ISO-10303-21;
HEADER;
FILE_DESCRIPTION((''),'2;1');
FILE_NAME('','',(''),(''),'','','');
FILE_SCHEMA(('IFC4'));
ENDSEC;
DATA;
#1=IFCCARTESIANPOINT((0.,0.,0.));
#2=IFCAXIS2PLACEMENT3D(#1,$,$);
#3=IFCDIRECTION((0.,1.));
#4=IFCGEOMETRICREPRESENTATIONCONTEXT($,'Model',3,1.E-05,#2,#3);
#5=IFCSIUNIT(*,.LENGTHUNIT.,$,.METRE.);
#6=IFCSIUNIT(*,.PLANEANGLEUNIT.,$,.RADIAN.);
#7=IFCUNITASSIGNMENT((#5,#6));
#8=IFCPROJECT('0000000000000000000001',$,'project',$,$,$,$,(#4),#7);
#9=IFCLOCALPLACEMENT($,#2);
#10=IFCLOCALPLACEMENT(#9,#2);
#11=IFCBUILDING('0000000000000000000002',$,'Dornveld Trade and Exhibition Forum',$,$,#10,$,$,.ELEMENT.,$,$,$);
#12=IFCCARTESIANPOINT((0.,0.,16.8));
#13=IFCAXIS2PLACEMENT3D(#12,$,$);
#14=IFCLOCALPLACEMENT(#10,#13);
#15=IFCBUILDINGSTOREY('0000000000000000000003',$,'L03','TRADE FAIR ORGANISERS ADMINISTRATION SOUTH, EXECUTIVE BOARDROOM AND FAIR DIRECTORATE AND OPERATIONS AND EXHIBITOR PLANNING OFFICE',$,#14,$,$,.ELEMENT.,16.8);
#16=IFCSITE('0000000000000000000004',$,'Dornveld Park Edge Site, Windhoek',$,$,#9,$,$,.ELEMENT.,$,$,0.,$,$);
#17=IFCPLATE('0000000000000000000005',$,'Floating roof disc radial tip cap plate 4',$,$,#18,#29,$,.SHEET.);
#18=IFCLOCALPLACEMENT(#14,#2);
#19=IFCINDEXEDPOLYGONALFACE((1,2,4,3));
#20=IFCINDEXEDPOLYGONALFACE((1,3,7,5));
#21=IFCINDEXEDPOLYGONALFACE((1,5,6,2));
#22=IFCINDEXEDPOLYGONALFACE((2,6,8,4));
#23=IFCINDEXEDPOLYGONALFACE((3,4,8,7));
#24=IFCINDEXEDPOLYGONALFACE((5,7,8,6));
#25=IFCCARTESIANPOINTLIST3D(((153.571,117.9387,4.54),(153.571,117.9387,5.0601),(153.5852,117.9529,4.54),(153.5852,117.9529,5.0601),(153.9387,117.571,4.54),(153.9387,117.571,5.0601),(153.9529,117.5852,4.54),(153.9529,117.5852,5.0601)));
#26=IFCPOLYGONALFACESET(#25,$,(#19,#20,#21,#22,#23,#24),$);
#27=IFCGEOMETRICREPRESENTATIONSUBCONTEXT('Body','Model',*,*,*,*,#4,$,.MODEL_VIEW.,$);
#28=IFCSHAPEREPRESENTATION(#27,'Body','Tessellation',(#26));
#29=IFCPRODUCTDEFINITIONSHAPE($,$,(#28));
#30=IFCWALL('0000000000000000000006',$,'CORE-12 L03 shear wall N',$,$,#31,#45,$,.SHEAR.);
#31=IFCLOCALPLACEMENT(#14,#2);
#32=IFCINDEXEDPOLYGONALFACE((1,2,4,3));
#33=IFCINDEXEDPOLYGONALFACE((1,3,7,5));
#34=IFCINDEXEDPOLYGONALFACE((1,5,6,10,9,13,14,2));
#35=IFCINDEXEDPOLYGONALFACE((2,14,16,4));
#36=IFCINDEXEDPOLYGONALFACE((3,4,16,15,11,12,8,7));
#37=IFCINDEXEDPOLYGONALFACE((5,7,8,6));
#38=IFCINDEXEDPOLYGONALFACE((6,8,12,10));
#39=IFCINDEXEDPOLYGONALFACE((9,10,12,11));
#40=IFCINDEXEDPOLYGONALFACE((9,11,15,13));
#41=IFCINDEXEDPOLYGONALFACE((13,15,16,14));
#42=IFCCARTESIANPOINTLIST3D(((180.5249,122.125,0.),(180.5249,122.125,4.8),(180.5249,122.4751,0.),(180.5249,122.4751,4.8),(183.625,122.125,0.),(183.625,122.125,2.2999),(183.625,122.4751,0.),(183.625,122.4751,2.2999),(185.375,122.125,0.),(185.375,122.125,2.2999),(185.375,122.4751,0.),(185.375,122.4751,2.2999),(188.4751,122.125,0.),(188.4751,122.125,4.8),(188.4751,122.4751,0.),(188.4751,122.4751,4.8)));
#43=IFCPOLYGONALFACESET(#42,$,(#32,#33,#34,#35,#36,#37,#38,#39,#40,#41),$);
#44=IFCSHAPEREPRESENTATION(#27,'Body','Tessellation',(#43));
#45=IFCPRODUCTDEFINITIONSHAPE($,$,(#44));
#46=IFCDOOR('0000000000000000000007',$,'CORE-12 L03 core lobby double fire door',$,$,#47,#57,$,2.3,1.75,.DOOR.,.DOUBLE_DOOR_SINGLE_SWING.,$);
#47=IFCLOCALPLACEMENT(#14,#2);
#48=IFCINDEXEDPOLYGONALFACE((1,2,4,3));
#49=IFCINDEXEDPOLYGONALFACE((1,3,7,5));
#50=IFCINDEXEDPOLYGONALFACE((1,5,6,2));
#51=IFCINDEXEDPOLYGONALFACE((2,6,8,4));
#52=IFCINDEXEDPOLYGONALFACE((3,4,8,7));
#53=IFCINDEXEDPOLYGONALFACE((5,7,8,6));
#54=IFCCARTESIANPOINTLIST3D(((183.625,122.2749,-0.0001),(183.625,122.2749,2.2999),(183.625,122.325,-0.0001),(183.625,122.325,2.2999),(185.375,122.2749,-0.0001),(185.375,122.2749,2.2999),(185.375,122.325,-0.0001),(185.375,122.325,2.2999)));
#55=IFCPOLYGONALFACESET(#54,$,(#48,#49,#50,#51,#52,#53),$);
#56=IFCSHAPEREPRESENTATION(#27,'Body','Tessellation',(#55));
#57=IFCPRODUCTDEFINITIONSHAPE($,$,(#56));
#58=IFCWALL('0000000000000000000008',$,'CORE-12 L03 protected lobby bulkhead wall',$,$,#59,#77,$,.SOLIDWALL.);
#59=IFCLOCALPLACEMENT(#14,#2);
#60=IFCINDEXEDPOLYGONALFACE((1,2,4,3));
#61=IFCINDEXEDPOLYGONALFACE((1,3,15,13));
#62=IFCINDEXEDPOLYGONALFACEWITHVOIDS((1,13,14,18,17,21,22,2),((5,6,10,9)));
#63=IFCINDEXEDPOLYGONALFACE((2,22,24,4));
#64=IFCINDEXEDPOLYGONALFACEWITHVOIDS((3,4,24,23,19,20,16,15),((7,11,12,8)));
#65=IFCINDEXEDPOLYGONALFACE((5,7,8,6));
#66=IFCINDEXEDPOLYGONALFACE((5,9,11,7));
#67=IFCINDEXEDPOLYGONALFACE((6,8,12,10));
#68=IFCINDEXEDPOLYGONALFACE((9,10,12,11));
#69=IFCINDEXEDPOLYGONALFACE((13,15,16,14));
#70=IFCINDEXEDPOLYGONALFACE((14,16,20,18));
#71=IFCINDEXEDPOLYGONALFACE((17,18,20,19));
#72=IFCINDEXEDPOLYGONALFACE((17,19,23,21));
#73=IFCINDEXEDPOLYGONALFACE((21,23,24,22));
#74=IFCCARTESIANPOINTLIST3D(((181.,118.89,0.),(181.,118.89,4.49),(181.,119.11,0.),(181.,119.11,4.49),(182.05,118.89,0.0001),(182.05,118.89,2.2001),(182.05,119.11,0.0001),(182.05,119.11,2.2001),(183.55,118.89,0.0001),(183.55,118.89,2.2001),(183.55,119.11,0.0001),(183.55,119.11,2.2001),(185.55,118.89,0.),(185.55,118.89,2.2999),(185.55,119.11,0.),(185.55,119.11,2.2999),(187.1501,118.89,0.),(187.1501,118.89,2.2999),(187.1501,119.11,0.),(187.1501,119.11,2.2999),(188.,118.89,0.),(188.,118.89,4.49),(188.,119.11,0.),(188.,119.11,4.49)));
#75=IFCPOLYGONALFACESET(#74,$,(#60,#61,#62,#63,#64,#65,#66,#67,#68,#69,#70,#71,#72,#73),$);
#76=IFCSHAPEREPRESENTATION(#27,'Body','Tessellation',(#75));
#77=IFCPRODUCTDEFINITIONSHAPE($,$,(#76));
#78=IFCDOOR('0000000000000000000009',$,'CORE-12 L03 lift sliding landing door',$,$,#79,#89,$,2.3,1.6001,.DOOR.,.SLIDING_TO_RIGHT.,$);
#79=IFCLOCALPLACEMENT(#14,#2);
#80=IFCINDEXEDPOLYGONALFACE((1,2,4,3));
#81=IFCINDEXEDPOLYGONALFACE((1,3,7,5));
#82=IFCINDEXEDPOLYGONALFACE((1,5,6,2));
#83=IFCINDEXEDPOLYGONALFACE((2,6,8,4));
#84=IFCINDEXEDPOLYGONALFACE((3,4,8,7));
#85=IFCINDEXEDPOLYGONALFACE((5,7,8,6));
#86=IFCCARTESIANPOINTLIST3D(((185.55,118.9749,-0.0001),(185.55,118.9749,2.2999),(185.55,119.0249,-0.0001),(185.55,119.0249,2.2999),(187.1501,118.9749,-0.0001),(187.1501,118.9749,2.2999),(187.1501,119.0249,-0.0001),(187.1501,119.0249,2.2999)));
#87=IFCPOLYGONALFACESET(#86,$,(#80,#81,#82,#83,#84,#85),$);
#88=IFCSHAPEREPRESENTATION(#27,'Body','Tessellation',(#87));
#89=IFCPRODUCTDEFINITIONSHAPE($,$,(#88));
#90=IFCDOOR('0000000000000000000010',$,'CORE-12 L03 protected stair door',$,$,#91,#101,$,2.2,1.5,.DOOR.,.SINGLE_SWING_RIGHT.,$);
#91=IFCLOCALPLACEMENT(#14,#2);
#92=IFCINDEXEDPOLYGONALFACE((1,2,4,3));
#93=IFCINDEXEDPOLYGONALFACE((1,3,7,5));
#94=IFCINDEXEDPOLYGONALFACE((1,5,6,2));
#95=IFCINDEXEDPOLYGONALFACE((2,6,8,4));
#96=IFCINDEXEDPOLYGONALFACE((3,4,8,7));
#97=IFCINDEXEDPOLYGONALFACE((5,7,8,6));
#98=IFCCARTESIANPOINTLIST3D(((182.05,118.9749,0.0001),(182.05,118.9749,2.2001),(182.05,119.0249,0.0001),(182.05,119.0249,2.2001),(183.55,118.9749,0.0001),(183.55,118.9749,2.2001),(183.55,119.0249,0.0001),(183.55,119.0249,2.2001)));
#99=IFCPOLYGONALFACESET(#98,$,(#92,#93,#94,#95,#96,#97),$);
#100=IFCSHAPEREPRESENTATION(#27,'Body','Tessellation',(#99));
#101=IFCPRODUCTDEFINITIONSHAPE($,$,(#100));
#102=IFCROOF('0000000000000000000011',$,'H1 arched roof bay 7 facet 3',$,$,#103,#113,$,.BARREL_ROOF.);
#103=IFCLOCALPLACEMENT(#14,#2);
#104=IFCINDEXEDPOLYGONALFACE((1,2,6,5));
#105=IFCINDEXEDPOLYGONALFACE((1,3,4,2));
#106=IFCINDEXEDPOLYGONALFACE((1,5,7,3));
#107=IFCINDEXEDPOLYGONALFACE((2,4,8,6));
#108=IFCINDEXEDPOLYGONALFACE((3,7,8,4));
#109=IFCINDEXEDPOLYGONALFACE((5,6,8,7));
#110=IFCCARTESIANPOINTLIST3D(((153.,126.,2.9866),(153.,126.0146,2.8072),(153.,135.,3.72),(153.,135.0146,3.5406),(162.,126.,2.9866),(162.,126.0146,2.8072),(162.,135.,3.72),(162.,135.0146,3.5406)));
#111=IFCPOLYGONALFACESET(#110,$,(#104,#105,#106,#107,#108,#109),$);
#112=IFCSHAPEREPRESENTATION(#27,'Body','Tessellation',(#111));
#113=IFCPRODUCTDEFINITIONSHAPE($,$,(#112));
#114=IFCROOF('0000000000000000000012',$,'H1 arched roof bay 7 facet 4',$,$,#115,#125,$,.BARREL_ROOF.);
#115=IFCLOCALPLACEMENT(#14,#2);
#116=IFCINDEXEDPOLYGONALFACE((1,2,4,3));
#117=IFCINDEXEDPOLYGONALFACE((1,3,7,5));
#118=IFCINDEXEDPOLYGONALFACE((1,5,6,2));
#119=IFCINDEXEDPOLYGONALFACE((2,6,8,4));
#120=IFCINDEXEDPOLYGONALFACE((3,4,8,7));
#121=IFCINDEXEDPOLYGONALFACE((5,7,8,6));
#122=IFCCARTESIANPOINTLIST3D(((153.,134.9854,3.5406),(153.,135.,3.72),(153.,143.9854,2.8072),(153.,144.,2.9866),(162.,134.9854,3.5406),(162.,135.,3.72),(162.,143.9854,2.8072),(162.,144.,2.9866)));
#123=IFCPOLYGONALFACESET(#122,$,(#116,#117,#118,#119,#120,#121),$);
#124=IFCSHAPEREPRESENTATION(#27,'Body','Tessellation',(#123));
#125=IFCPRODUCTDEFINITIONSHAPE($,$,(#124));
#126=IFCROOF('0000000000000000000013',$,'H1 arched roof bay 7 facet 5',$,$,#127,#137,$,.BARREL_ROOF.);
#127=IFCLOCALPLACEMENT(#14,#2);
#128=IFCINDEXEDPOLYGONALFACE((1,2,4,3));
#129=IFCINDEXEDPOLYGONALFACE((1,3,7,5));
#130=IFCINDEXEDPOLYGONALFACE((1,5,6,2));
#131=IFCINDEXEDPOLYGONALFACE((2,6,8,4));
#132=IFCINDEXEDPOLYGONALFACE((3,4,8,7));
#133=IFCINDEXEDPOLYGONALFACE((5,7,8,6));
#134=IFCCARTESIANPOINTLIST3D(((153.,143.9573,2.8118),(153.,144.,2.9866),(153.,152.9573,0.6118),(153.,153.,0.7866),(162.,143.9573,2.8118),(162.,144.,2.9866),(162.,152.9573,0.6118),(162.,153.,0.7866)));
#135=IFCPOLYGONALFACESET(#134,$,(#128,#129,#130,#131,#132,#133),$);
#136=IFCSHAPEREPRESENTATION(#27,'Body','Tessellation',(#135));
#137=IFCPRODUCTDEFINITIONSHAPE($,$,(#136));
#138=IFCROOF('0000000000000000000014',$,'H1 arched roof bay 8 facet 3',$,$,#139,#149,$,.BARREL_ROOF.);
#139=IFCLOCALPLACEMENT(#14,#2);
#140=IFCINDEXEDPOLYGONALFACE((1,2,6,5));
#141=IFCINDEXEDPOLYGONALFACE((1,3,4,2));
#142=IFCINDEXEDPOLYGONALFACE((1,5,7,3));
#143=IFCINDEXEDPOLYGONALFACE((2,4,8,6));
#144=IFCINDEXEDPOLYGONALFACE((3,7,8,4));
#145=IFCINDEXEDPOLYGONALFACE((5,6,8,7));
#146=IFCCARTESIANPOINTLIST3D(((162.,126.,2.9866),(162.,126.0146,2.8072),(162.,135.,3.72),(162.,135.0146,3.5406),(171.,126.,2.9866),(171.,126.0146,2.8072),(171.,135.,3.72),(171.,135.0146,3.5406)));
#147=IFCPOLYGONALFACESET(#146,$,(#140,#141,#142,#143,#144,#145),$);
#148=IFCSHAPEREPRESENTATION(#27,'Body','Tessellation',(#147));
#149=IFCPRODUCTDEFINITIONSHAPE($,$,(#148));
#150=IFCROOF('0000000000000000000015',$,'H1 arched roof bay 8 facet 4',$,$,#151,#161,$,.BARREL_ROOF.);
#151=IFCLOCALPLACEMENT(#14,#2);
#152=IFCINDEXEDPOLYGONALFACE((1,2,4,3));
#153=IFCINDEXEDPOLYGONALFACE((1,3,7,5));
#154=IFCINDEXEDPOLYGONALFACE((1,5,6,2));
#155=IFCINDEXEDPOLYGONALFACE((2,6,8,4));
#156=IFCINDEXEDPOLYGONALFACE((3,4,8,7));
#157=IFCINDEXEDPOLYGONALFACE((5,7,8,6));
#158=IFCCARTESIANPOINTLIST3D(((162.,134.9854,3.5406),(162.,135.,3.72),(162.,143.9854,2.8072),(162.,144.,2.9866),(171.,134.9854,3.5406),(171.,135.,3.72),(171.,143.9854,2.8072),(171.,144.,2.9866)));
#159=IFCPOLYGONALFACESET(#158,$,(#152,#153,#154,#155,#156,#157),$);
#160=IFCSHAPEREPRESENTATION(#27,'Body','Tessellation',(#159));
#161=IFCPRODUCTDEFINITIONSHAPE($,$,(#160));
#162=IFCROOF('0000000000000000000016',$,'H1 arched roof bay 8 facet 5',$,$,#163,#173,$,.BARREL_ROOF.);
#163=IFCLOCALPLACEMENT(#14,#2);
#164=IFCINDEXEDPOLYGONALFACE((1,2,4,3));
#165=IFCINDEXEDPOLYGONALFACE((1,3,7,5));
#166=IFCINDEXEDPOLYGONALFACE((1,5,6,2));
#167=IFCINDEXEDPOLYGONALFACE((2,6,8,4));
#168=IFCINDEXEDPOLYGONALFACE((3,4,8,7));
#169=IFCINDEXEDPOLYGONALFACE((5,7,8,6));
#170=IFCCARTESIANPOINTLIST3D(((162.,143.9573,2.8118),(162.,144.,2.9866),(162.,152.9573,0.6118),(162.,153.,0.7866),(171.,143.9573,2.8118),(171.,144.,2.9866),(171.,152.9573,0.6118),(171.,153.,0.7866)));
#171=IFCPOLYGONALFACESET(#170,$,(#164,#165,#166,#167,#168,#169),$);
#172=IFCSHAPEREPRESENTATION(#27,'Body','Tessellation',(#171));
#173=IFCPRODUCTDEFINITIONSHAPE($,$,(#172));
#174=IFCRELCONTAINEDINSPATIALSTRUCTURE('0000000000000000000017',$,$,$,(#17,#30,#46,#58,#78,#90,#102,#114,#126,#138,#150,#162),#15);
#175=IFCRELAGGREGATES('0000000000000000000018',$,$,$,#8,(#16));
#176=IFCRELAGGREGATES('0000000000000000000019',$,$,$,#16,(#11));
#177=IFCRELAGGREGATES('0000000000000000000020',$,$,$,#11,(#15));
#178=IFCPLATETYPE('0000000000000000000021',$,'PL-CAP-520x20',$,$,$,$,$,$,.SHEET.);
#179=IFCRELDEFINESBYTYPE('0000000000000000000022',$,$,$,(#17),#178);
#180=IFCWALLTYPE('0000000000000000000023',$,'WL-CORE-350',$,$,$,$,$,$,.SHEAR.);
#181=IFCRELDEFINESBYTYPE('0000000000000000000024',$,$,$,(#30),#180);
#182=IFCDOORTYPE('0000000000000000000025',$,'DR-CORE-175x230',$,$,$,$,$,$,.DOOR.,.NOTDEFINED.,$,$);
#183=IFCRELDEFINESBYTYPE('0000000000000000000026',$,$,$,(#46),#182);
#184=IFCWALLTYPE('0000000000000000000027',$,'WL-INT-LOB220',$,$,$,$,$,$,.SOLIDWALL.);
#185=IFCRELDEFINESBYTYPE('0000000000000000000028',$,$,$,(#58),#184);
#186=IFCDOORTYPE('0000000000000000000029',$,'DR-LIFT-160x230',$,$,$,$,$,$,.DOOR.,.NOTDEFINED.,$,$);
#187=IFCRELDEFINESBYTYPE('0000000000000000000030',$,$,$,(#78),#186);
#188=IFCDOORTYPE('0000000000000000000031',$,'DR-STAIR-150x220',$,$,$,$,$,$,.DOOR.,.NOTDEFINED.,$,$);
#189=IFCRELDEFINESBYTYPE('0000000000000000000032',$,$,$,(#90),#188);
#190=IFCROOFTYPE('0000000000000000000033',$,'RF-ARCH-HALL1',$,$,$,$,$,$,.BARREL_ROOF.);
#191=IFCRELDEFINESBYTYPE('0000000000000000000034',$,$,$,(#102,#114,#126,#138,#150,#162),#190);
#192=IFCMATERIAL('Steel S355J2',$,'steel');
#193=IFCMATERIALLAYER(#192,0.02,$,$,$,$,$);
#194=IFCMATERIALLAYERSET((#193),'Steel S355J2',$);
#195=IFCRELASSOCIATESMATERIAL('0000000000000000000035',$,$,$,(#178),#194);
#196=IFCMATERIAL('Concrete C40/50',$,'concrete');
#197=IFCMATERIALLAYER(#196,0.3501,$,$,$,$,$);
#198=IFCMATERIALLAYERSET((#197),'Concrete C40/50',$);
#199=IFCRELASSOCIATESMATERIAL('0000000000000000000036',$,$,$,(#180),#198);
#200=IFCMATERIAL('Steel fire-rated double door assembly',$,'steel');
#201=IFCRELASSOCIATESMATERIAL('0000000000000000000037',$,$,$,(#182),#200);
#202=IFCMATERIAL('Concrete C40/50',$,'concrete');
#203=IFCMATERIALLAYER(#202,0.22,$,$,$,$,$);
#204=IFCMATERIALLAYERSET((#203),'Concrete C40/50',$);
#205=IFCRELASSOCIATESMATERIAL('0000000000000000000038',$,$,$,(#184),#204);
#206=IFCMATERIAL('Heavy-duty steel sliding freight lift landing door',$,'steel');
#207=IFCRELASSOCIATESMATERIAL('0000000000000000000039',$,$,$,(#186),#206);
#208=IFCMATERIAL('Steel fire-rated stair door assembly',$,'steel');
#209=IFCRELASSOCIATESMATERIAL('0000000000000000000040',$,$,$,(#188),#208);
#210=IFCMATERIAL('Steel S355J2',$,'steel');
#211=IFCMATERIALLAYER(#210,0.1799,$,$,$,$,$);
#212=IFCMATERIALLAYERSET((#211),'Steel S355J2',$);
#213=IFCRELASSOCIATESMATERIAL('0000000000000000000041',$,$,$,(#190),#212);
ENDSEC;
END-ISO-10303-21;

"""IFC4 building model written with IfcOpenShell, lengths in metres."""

from ifc_helpers import new_model, si_unit, direction, frame, frame_2d, origin, origin_2d, place, context, subcontext, project, spatial, polyline, rectangle, outline, extrude, material, layer, layer_set, type_object, element, fill, save


model = new_model("IFC4")

# Units and contexts
model_context = context("Model", 3, precision=1e-05, world=origin(), true_north=direction((0.0, 1.0)))
body_context = subcontext(model_context, "Body", "Model", "MODEL_VIEW")
ifc_project = project(units=[si_unit("LENGTHUNIT", "METRE"), si_unit("PLANEANGLEUNIT", "RADIAN")], contexts=[model_context])

# Site, building, storey
site_placement = place(None, origin())
site = spatial("IfcSite", under=ifc_project, at=site_placement, Name="Dornveld Park Edge Site, Windhoek", CompositionType="ELEMENT", RefElevation=0.0)
building_placement = place(site_placement, origin())
building = spatial("IfcBuilding", under=site, at=building_placement, Name="Dornveld Trade and Exhibition Forum", CompositionType="ELEMENT")
storey_placement = place(building_placement, frame((0.0, 0.0, 16.8)))
storey = spatial("IfcBuildingStorey", under=building, at=storey_placement, Name="L03", Description="TRADE FAIR ORGANISERS ADMINISTRATION SOUTH, EXECUTIVE BOARDROOM AND FAIR DIRECTORATE AND OPERATIONS AND EXHIBITOR PLANNING OFFICE", CompositionType="ELEMENT", Elevation=16.8)

# Plate
ifc_material_1 = material(Name="Steel S355J2", Category="steel")
ifc_layer_1 = layer(ifc_material_1, 0.02)
ifc_layer_set_1 = layer_set([ifc_layer_1], Name="Steel S355J2")
plate_type = type_object("IfcPlateType", Name="PL-CAP-520x20", PredefinedType="SHEET", material=ifc_layer_set_1)
plate_1_placement = place(storey_placement, frame((153.762, 117.762, 4.54), z_axis=(0.0, 0.0, 1.0), x_axis=(0.707107, 0.707107, 0.0)))
element("IfcPlate", 1, at=plate_1_placement, inside=storey, type_object=plate_type, Name="Floating roof disc radial tip cap plate 4", PredefinedType="SHEET", context=body_context, shape_type="SweptSolid", body=[
    extrude(rectangle(XDim=0.02, YDim=0.52, at=origin_2d()), origin(), (0.0, 0.0, 1.0), 0.52),
])

# Wall, opening, door
ifc_material_2 = material(Name="Concrete C40/50", Category="concrete")
ifc_layer_2 = layer(ifc_material_2, 0.3501)
ifc_layer_set_2 = layer_set([ifc_layer_2], Name="Concrete C40/50")
wall_type_1 = type_object("IfcWallType", Name="WL-CORE-350", PredefinedType="SHEAR", material=ifc_layer_set_2)
wall_1_placement = place(storey_placement, frame((180.5249, 122.3, 0.0), z_axis=(0.0, 0.0, 1.0), x_axis=(1.0, 0.0, 0.0)))
wall_1 = element("IfcWall", 2, at=wall_1_placement, inside=storey, type_object=wall_type_1, Name="CORE-12 L03 shear wall N", PredefinedType="SHEAR", context=body_context, shape_type="SweptSolid", body=[
    extrude(rectangle(XDim=7.9502, YDim=0.3501, at=frame_2d((3.9751, 0.0))), origin(), (0.0, 0.0, 1.0), 4.8),
])
opening_1_placement = place(wall_1_placement, frame((3.1001, 0.0, 0.0)))
opening_1 = element("IfcOpeningElement", 3, at=opening_1_placement, cuts=wall_1, PredefinedType="OPENING", context=body_context, shape_type="SweptSolid", body=[
    extrude(rectangle(XDim=1.75, YDim=2.3, at=frame_2d((0.875, 1.1499))), frame((0.0, 0.1851, 0.0), z_axis=(0.0, -1.0, 0.0), x_axis=(1.0, 0.0, 0.0)), (0.0, 0.0, 1.0), 0.3701),
])
ifc_material_3 = material(Name="Steel fire-rated double door assembly", Category="steel")
door_type_1 = type_object("IfcDoorType", Name="DR-CORE-175x230", OperationType="NOTDEFINED", PredefinedType="DOOR", material=ifc_material_3)
door_1_placement = place(opening_1_placement, origin())
door_1 = element("IfcDoor", 4, at=door_1_placement, inside=storey, type_object=door_type_1, Name="CORE-12 L03 core lobby double fire door", OperationType="DOUBLE_DOOR_SINGLE_SWING", OverallHeight=2.3, OverallWidth=1.75, PredefinedType="DOOR", context=body_context, shape_type="SweptSolid", body=[
    extrude(rectangle(XDim=1.75, YDim=2.3, at=frame_2d((0.875, 1.1499))), frame((0.0, 0.0249, 0.0), z_axis=(0.0, -1.0, 0.0), x_axis=(1.0, 0.0, 0.0)), (0.0, 0.0, 1.0), 0.05),
])
fill(opening_1, door_1)

# Wall, openings, doors
ifc_material_4 = material(Name="Concrete C40/50", Category="concrete")
ifc_layer_3 = layer(ifc_material_4, 0.22)
ifc_layer_set_3 = layer_set([ifc_layer_3], Name="Concrete C40/50")
wall_type_2 = type_object("IfcWallType", Name="WL-INT-LOB220", PredefinedType="SOLIDWALL", material=ifc_layer_set_3)
wall_2_placement = place(storey_placement, frame((181.0, 119.0, 0.0), z_axis=(0.0, 0.0, 1.0), x_axis=(1.0, 0.0, 0.0)))
wall_2 = element("IfcWall", 5, at=wall_2_placement, inside=storey, type_object=wall_type_2, Name="CORE-12 L03 protected lobby bulkhead wall", PredefinedType="SOLIDWALL", context=body_context, shape_type="SweptSolid", body=[
    extrude(rectangle(XDim=7.0, YDim=0.22, at=frame_2d((3.5, 0.0))), origin(), (0.0, 0.0, 1.0), 4.49),
])
opening_2_placement = place(wall_2_placement, frame((1.05, 0.0, 0.0)))
opening_2 = element("IfcOpeningElement", 6, at=opening_2_placement, cuts=wall_2, PredefinedType="OPENING", context=body_context, shape_type="SweptSolid", body=[
    extrude(rectangle(XDim=1.5, YDim=2.2, at=frame_2d((0.75, 1.1001))), frame((0.0, 0.1199, 0.0), z_axis=(0.0, -1.0, 0.0), x_axis=(1.0, 0.0, 0.0)), (0.0, 0.0, 1.0), 0.24),
])
opening_3_placement = place(wall_2_placement, frame((4.55, 0.0, 0.0)))
opening_3 = element("IfcOpeningElement", 7, at=opening_3_placement, cuts=wall_2, PredefinedType="OPENING", context=body_context, shape_type="SweptSolid", body=[
    extrude(rectangle(XDim=1.6001, YDim=2.3, at=frame_2d((0.8, 1.1499))), frame((0.0, 0.1199, 0.0), z_axis=(0.0, -1.0, 0.0), x_axis=(1.0, 0.0, 0.0)), (0.0, 0.0, 1.0), 0.24),
])
ifc_material_5 = material(Name="Heavy-duty steel sliding freight lift landing door", Category="steel")
door_type_2 = type_object("IfcDoorType", Name="DR-LIFT-160x230", OperationType="NOTDEFINED", PredefinedType="DOOR", material=ifc_material_5)
door_2_placement = place(opening_3_placement, origin())
door_2 = element("IfcDoor", 8, at=door_2_placement, inside=storey, type_object=door_type_2, Name="CORE-12 L03 lift sliding landing door", OperationType="SLIDING_TO_RIGHT", OverallHeight=2.3, OverallWidth=1.6001, PredefinedType="DOOR", context=body_context, shape_type="SweptSolid", body=[
    extrude(rectangle(XDim=1.6001, YDim=2.3, at=frame_2d((0.8, 1.1499))), frame((0.0, 0.0249, 0.0), z_axis=(0.0, -1.0, 0.0), x_axis=(1.0, 0.0, 0.0)), (0.0, 0.0, 1.0), 0.05),
])
fill(opening_3, door_2)
ifc_material_6 = material(Name="Steel fire-rated stair door assembly", Category="steel")
door_type_3 = type_object("IfcDoorType", Name="DR-STAIR-150x220", OperationType="NOTDEFINED", PredefinedType="DOOR", material=ifc_material_6)
door_3_placement = place(opening_2_placement, origin())
door_3 = element("IfcDoor", 9, at=door_3_placement, inside=storey, type_object=door_type_3, Name="CORE-12 L03 protected stair door", OperationType="SINGLE_SWING_RIGHT", OverallHeight=2.2, OverallWidth=1.5, PredefinedType="DOOR", context=body_context, shape_type="SweptSolid", body=[
    extrude(rectangle(XDim=1.5, YDim=2.2, at=frame_2d((0.75, 1.1001))), frame((0.0, 0.0249, 0.0), z_axis=(0.0, -1.0, 0.0), x_axis=(1.0, 0.0, 0.0)), (0.0, 0.0, 1.0), 0.05),
])
fill(opening_2, door_3)

# Roofs
ifc_material_7 = material(Name="Steel S355J2", Category="steel")
ifc_layer_4 = layer(ifc_material_7, 0.1799)
ifc_layer_set_4 = layer_set([ifc_layer_4], Name="Steel S355J2")
roof_type = type_object("IfcRoofType", Name="RF-ARCH-HALL1", PredefinedType="BARREL_ROOF", material=ifc_layer_set_4)
for number, where, z_axis, x_axis, name in (
    (10, (153.0, 126.0, 2.9866), (0.0, -0.081219, 0.996696), (1.0, 0.0, 0.0), "H1 arched roof bay 7 facet 3"),
    (11, (153.0, 135.0, 3.72), (0.0, 0.081219, 0.996696), (1.0, 0.0, 0.0), "H1 arched roof bay 7 facet 4"),
):
    element("IfcRoof", number, at=place(storey_placement, frame(where, z_axis=z_axis, x_axis=x_axis)), inside=storey, type_object=roof_type, Name=name, PredefinedType="BARREL_ROOF", context=body_context, shape_type="SweptSolid", body=[
        extrude(outline(polyline([(0.0, 0.0), (9.0, 0.0), (9.0, 9.0298), (0.0, 9.0298), (0.0, 0.0)])), origin(), (0.0, 0.0, -1.0), 0.1799),
    ])
roof_1_placement = place(storey_placement, frame((153.0, 144.0, 2.9866), z_axis=(0.0, 0.237448, 0.9714), x_axis=(1.0, 0.0, 0.0)))
element("IfcRoof", 12, at=roof_1_placement, inside=storey, type_object=roof_type, Name="H1 arched roof bay 7 facet 5", PredefinedType="BARREL_ROOF", context=body_context, shape_type="SweptSolid", body=[
    extrude(outline(polyline([(0.0, 0.0), (9.0, 0.0), (9.0, 9.265), (0.0, 9.265), (0.0, 0.0)])), origin(), (0.0, 0.0, -1.0), 0.1799),
])
for number, where, z_axis, x_axis, name in (
    (13, (162.0, 126.0, 2.9866), (0.0, -0.081219, 0.996696), (1.0, 0.0, 0.0), "H1 arched roof bay 8 facet 3"),
    (14, (162.0, 135.0, 3.72), (0.0, 0.081219, 0.996696), (1.0, 0.0, 0.0), "H1 arched roof bay 8 facet 4"),
):
    element("IfcRoof", number, at=place(storey_placement, frame(where, z_axis=z_axis, x_axis=x_axis)), inside=storey, type_object=roof_type, Name=name, PredefinedType="BARREL_ROOF", context=body_context, shape_type="SweptSolid", body=[
        extrude(outline(polyline([(0.0, 0.0), (9.0, 0.0), (9.0, 9.0298), (0.0, 9.0298), (0.0, 0.0)])), origin(), (0.0, 0.0, -1.0), 0.1799),
    ])
roof_2_placement = place(storey_placement, frame((162.0, 144.0, 2.9866), z_axis=(0.0, 0.237448, 0.9714), x_axis=(1.0, 0.0, 0.0)))
element("IfcRoof", 15, at=roof_2_placement, inside=storey, type_object=roof_type, Name="H1 arched roof bay 8 facet 5", PredefinedType="BARREL_ROOF", context=body_context, shape_type="SweptSolid", body=[
    extrude(outline(polyline([(0.0, 0.0), (9.0, 0.0), (9.0, 9.265), (0.0, 9.265), (0.0, 0.0)])), origin(), (0.0, 0.0, -1.0), 0.1799),
])

save(model, "model.ifc")
